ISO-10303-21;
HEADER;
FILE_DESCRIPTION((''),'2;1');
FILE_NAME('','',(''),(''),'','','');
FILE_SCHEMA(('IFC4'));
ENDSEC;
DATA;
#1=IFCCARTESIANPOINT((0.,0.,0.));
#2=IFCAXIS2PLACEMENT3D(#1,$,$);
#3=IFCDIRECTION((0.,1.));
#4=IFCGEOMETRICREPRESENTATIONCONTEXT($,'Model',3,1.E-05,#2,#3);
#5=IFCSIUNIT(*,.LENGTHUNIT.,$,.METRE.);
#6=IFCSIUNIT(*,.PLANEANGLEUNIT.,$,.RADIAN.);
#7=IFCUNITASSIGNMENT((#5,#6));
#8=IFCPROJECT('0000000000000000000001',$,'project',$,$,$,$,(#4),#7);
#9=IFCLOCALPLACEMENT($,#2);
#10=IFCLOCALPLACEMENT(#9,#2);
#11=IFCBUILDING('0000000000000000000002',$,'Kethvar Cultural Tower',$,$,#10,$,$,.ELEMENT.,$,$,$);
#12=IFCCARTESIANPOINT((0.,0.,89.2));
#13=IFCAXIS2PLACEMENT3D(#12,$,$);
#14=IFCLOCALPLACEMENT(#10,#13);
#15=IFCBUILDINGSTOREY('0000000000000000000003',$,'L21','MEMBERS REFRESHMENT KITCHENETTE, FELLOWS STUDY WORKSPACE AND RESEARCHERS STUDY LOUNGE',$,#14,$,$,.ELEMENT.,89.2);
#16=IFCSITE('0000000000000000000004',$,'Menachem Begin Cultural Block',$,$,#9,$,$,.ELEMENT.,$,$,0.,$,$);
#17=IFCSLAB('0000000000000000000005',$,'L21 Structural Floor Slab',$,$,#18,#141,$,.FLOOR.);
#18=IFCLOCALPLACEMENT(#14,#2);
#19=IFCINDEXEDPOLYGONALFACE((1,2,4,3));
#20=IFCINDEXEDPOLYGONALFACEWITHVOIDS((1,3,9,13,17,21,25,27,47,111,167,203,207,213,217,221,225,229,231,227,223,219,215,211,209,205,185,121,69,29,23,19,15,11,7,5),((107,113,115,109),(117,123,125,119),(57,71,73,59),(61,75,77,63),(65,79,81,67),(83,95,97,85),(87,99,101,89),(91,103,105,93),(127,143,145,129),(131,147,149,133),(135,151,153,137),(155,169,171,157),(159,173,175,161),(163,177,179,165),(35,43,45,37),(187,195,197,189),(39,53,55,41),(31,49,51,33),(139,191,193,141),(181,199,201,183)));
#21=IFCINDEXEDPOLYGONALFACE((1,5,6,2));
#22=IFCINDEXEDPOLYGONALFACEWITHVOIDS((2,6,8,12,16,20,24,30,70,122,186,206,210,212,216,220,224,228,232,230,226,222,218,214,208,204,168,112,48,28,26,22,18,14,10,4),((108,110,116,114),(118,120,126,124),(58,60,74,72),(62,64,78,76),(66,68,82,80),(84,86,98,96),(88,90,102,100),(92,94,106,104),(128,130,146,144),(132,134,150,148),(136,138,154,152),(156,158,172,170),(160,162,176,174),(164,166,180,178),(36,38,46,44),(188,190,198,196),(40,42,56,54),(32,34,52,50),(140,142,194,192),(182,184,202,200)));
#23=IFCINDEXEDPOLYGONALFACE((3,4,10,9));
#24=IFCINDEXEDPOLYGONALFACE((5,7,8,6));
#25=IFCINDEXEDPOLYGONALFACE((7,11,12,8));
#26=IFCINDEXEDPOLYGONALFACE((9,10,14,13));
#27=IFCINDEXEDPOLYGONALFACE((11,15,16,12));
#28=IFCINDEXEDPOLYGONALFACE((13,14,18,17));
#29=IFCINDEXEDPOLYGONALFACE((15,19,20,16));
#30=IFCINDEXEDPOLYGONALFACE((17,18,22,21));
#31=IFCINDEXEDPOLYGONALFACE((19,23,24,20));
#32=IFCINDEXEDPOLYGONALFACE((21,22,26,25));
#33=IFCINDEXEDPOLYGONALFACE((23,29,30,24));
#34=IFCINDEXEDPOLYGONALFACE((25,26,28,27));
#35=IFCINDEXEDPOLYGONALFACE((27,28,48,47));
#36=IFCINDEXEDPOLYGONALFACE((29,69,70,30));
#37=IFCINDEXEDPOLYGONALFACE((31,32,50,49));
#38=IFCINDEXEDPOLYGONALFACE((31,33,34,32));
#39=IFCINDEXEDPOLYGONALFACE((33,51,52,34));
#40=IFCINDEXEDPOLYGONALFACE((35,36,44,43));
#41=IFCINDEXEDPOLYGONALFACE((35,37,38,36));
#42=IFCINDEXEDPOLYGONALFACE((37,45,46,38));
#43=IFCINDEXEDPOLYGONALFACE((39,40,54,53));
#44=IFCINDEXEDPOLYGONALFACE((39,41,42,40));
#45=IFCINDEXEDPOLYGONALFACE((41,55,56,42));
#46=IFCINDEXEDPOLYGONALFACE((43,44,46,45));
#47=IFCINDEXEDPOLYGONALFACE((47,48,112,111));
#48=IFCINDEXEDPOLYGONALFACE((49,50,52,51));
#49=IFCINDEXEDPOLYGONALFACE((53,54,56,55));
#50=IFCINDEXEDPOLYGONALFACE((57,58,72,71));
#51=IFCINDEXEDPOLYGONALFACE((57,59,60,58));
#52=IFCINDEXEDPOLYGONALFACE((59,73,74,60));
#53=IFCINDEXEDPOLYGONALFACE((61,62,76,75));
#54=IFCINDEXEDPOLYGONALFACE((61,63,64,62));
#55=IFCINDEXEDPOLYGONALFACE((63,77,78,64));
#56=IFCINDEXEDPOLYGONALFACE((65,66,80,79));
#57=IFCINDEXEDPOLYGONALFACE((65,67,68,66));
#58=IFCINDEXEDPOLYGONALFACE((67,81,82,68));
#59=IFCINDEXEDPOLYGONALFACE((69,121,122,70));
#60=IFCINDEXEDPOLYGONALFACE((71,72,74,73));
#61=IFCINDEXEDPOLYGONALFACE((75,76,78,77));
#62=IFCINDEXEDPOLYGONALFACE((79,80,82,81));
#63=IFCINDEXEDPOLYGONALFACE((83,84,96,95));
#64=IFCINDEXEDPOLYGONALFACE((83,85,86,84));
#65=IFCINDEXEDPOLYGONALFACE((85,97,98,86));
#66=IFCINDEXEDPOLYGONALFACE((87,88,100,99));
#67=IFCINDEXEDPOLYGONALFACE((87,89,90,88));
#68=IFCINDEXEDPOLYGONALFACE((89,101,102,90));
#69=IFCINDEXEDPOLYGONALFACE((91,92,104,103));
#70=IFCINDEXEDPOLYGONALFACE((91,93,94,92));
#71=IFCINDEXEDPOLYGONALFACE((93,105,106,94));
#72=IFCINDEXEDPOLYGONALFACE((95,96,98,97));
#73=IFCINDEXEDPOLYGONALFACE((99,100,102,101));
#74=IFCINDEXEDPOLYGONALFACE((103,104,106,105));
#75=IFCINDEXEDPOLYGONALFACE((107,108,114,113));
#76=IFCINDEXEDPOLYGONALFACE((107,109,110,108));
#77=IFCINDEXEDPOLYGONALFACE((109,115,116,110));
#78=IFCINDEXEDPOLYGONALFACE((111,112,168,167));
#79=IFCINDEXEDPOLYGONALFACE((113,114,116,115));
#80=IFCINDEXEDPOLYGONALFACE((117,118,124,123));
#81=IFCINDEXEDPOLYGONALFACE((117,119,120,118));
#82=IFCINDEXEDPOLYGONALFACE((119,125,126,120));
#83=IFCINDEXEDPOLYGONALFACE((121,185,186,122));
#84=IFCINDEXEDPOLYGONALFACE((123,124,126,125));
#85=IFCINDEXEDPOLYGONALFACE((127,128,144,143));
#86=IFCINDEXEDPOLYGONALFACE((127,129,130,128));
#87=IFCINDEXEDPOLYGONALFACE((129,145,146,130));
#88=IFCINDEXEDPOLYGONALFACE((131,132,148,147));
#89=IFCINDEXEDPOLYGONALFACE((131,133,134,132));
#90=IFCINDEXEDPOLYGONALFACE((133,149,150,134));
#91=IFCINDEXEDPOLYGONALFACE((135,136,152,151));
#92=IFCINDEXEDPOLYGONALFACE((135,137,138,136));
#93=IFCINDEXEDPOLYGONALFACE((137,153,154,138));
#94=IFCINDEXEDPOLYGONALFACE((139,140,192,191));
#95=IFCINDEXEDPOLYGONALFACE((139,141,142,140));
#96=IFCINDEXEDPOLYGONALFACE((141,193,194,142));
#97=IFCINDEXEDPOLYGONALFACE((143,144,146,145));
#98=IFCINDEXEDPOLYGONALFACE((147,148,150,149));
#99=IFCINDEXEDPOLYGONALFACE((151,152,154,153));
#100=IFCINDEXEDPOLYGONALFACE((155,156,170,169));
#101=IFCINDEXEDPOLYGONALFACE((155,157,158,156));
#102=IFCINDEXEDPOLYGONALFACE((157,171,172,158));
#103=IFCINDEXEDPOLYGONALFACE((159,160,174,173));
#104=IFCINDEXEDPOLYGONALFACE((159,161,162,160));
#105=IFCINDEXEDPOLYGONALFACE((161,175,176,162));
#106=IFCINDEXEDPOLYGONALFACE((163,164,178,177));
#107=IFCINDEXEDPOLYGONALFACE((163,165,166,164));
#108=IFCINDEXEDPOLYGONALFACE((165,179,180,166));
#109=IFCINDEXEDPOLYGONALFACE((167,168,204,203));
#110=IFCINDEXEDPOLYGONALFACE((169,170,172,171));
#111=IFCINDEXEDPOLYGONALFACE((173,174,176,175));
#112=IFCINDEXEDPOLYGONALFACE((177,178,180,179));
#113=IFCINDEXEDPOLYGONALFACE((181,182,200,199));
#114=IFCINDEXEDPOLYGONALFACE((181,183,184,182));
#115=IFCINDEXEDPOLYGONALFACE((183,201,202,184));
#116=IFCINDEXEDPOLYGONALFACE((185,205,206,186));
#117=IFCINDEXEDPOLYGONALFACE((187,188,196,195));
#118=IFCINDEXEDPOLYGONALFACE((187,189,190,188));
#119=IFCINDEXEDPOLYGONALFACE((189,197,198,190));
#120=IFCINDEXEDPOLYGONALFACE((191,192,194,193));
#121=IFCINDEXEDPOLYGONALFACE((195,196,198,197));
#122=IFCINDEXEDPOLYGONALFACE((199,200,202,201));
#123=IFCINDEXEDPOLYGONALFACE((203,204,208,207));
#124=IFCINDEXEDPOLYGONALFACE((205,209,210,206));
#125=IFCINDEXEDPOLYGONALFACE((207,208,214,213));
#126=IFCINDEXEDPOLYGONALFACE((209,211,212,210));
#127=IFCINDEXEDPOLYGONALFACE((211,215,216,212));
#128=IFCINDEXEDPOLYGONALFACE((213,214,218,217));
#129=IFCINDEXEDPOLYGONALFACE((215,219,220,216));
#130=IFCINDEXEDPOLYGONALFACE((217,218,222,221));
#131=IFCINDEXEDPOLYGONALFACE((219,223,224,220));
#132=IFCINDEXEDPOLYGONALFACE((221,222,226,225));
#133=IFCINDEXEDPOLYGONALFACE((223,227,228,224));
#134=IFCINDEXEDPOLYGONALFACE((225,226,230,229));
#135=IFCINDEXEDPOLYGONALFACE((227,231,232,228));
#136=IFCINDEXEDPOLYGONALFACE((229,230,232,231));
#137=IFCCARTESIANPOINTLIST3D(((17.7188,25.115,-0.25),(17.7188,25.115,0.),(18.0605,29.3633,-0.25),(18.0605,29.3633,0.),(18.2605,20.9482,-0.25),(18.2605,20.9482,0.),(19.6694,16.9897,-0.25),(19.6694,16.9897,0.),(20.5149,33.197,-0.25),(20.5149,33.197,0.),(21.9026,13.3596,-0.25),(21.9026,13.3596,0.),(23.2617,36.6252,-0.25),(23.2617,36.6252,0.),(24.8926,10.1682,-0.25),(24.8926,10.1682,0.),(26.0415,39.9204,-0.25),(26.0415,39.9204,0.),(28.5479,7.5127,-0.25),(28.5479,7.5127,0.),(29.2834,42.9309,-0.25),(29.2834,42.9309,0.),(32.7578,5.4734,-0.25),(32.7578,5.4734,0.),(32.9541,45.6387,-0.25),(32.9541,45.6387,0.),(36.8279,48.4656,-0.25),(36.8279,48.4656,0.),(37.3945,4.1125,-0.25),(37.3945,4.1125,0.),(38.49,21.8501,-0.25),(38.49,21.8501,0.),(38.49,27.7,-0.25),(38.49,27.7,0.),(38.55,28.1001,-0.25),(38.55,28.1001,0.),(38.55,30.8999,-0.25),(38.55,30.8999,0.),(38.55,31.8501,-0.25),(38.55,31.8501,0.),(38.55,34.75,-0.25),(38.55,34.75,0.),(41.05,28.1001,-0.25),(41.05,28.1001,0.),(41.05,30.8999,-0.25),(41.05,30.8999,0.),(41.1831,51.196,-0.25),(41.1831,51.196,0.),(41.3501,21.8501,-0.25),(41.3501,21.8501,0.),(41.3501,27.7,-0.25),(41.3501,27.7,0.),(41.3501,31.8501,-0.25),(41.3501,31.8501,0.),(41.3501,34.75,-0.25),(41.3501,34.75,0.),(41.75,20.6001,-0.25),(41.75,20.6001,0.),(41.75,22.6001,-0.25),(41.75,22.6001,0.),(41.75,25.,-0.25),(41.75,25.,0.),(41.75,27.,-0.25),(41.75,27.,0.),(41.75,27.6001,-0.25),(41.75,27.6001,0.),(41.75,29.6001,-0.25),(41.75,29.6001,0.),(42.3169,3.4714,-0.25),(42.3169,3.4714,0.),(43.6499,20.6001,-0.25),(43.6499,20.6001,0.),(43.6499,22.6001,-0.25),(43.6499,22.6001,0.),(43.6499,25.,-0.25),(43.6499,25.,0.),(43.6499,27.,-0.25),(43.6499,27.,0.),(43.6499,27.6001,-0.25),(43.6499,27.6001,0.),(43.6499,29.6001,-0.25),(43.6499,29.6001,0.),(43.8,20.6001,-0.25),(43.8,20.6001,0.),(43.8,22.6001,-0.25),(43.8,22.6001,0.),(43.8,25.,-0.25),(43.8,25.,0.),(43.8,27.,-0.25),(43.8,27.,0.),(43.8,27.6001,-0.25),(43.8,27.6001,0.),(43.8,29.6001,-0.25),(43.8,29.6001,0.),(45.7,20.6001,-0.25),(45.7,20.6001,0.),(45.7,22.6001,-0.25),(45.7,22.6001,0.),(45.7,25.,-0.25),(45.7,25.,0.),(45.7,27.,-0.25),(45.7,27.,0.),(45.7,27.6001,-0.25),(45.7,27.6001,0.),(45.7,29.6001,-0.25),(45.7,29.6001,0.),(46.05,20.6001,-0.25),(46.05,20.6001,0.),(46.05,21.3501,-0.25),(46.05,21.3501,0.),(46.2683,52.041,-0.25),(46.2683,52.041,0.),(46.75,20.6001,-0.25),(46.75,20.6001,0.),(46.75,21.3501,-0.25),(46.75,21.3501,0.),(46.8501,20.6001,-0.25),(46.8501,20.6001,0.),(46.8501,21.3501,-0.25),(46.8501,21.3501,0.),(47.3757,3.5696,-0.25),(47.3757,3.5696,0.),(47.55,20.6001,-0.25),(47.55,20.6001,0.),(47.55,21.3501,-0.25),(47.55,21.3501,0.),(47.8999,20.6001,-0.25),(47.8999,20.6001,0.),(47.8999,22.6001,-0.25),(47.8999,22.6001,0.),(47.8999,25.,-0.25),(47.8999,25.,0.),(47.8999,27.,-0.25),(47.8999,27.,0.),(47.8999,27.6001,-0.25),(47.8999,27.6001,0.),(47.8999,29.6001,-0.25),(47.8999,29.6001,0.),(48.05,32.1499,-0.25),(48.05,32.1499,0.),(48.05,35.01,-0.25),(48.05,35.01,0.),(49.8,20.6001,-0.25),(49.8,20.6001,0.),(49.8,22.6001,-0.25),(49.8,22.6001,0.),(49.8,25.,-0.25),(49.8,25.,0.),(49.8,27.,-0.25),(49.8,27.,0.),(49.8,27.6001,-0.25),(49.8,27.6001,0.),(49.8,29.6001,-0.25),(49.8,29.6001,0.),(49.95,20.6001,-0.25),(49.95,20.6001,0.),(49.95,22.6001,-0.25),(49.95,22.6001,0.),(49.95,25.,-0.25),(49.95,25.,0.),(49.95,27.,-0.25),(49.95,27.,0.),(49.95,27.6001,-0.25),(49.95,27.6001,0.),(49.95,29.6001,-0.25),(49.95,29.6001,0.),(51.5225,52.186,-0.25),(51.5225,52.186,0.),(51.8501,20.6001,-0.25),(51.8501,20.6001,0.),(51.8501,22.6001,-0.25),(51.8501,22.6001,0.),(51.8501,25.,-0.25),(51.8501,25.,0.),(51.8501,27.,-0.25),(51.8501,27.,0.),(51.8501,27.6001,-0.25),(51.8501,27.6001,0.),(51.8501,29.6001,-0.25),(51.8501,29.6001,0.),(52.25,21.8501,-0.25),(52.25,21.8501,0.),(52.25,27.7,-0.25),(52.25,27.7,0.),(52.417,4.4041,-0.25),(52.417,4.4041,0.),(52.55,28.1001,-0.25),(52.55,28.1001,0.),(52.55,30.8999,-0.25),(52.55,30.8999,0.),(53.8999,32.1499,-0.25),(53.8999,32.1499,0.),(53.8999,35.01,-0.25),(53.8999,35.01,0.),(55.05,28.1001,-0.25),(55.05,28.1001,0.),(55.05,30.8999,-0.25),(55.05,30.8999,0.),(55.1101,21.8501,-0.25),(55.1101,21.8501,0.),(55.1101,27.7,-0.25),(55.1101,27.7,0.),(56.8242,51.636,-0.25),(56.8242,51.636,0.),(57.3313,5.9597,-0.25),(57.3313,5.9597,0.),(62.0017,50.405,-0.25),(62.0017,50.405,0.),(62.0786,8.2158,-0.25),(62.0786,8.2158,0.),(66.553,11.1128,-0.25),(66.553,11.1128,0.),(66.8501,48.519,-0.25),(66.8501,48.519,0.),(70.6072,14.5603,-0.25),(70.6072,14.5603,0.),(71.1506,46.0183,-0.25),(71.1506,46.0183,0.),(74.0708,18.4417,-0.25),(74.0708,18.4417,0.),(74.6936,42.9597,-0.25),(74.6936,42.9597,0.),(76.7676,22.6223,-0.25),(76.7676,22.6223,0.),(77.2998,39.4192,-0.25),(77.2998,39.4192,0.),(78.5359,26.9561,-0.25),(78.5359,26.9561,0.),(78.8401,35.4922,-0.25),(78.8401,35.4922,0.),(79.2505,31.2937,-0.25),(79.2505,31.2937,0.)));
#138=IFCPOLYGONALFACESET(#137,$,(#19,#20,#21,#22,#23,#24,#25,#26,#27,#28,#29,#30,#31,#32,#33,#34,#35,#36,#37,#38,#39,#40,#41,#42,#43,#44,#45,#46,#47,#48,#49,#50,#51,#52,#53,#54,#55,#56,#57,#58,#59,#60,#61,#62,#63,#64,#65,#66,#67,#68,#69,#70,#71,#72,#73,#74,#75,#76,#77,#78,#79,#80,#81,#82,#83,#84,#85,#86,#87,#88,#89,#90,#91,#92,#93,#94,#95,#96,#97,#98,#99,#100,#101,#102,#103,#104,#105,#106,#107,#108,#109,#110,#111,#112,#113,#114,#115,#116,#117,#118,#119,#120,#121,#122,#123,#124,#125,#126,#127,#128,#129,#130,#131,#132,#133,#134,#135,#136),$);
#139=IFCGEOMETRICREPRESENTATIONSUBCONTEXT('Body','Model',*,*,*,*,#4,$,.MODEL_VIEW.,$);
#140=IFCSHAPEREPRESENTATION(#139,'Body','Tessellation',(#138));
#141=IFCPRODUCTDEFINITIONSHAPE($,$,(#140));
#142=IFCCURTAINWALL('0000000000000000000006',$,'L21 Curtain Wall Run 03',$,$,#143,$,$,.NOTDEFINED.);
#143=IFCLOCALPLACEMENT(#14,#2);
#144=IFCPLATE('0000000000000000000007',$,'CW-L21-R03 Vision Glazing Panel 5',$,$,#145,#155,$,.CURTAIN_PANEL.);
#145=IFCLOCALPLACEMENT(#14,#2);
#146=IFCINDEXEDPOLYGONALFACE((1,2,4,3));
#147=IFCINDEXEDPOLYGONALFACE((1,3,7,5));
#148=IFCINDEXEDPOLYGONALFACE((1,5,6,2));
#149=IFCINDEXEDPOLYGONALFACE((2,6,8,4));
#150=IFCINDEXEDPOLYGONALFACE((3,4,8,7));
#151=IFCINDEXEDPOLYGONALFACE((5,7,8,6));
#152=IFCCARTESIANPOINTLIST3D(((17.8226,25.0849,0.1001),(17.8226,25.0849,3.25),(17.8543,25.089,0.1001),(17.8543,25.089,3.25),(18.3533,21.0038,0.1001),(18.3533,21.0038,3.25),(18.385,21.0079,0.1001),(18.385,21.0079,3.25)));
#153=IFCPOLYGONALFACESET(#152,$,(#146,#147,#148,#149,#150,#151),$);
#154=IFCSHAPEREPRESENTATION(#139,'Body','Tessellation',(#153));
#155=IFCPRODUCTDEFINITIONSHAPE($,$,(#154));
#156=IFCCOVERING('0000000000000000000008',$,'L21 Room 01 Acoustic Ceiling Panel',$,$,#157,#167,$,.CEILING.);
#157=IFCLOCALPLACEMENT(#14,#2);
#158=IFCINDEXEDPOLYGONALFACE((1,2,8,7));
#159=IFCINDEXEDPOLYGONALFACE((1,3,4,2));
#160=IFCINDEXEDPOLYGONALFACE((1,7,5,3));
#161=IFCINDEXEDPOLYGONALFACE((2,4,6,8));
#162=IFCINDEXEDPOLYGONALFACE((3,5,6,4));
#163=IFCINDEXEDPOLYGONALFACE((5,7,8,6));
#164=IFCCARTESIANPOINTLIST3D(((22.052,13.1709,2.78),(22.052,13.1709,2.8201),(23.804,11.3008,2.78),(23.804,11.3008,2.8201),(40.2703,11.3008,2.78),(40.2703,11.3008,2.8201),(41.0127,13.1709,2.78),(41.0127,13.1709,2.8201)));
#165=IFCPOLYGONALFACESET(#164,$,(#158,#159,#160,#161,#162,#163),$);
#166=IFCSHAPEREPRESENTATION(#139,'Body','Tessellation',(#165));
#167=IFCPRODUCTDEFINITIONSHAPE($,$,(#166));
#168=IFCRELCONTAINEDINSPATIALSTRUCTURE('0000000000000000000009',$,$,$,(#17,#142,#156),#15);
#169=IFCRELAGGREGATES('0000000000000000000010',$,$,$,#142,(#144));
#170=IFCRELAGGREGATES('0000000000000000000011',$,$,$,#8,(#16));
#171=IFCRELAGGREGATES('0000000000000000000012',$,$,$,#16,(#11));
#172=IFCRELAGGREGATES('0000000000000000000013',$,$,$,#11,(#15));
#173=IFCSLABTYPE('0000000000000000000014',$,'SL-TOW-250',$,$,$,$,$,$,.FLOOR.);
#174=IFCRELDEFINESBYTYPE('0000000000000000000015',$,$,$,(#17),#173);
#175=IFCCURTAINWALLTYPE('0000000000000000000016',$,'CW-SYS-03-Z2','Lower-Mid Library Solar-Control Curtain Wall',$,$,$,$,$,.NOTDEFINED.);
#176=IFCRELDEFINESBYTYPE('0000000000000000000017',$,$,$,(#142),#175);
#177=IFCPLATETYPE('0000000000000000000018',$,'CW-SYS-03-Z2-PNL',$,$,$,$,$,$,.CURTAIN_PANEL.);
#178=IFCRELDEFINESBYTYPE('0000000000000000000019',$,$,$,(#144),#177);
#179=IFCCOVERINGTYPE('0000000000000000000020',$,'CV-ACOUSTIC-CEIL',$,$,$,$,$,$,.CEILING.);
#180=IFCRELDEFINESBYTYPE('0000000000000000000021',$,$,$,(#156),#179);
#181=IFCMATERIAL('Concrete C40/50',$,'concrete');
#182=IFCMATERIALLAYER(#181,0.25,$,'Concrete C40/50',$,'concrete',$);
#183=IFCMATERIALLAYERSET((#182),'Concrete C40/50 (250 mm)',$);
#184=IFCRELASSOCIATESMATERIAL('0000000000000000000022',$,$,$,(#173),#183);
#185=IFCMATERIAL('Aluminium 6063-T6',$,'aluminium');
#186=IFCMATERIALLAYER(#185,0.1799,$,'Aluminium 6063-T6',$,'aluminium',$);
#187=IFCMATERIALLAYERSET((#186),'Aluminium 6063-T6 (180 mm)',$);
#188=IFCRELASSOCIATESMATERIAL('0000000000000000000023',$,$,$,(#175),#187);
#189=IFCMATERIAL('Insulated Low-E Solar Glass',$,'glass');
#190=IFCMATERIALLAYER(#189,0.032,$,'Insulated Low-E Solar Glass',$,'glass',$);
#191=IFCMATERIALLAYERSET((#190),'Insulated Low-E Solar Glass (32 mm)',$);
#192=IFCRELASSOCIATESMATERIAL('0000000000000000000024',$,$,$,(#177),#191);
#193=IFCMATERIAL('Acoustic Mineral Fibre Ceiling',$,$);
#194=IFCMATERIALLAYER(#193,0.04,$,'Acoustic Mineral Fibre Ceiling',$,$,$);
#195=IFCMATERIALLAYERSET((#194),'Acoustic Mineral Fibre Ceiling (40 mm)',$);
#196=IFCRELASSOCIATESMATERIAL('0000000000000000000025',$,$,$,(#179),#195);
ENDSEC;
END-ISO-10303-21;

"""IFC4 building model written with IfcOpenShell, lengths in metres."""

from ifc_helpers import new_model, si_unit, direction, frame, origin, origin_2d, place, context, subcontext, project, spatial, polyline, rectangle, outline, extrude, source, transform, mapped, material, layer, layer_set, type_object, element, aggregate, save


model = new_model("IFC4")

# Units and contexts
model_context = context("Model", 3, precision=1e-05, world=origin(), true_north=direction((0.0, 1.0)))
body_context = subcontext(model_context, "Body", "Model", "MODEL_VIEW")
ifc_project = project(units=[si_unit("LENGTHUNIT", "METRE"), si_unit("PLANEANGLEUNIT", "RADIAN")], contexts=[model_context])

# Site, building, storey
site_placement = place(None, origin())
site = spatial("IfcSite", under=ifc_project, at=site_placement, Name="Menachem Begin Cultural Block", CompositionType="ELEMENT", RefElevation=0.0)
building_placement = place(site_placement, origin())
building = spatial("IfcBuilding", under=site, at=building_placement, Name="Kethvar Cultural Tower", CompositionType="ELEMENT")
storey_placement = place(building_placement, frame((0.0, 0.0, 89.2)))
storey = spatial("IfcBuildingStorey", under=building, at=storey_placement, Name="L21", Description="MEMBERS REFRESHMENT KITCHENETTE, FELLOWS STUDY WORKSPACE AND RESEARCHERS STUDY LOUNGE", CompositionType="ELEMENT", Elevation=89.2)

# Shared definitions
ifc_material_1 = material(Name="Concrete C40/50", Category="concrete")

# Slab
ifc_layer_1 = layer(ifc_material_1, 0.25, Name="Concrete C40/50", Category="concrete")
ifc_layer_set_1 = layer_set([ifc_layer_1], Name="Concrete C40/50 (250 mm)")
slab_type_1 = type_object("IfcSlabType", Name="SL-TOW-250", PredefinedType="FLOOR", material=ifc_layer_set_1)
slab_1_placement = place(storey_placement, frame((0.0, 0.0, -0.25)))
element("IfcSlab", 1, at=slab_1_placement, inside=storey, type_object=slab_type_1, Name="L21 Structural Floor Slab", PredefinedType="FLOOR", context=body_context, shape_type="SweptSolid", body=[
    extrude(outline(polyline([(78.8401, 35.4922), (77.2998, 39.4192), (74.6936, 42.9597), (71.1506, 46.0183), (66.8501, 48.519), (62.0017, 50.405), (56.8242, 51.636), (51.5225, 52.186), (46.2683, 52.041), (41.1831, 51.196), (36.8279, 48.4656), (32.9541, 45.6387), (29.2834, 42.9309), (26.0415, 39.9204), (23.2617, 36.6252), (20.5149, 33.197), (18.0605, 29.3633), (17.7188, 25.115), (18.2605, 20.9482), (19.6694, 16.9897), (21.9026, 13.3596), (24.8926, 10.1682), (28.5479, 7.5127), (32.7578, 5.4734), (37.3945, 4.1125), (42.3169, 3.4714), (47.3757, 3.5696), (52.417, 4.4041), (57.3313, 5.9597), (62.0786, 8.2158), (66.553, 11.1128), (70.6072, 14.5603), (74.0708, 18.4417), (76.7676, 22.6223), (78.5359, 26.9561), (79.2505, 31.2937), (78.8401, 35.4922)]), holes=[polyline([(38.49, 21.8501), (38.49, 27.7), (41.3501, 27.7), (41.3501, 21.8501), (38.49, 21.8501)]), polyline([(52.25, 21.8501), (52.25, 27.7), (55.1101, 27.7), (55.1101, 21.8501), (52.25, 21.8501)]), polyline([(53.8999, 32.1499), (48.05, 32.1499), (48.05, 35.01), (53.8999, 35.01), (53.8999, 32.1499)]), polyline([(41.75, 22.6001), (43.6499, 22.6001), (43.6499, 20.6001), (41.75, 20.6001), (41.75, 22.6001)]), polyline([(43.8, 22.6001), (45.7, 22.6001), (45.7, 20.6001), (43.8, 20.6001), (43.8, 22.6001)]), polyline([(47.8999, 22.6001), (49.8, 22.6001), (49.8, 20.6001), (47.8999, 20.6001), (47.8999, 22.6001)]), polyline([(49.95, 22.6001), (51.8501, 22.6001), (51.8501, 20.6001), (49.95, 20.6001), (49.95, 22.6001)]), polyline([(41.75, 27.0), (43.6499, 27.0), (43.6499, 25.0), (41.75, 25.0), (41.75, 27.0)]), polyline([(43.8, 27.0), (45.7, 27.0), (45.7, 25.0), (43.8, 25.0), (43.8, 27.0)]), polyline([(47.8999, 27.0), (49.8, 27.0), (49.8, 25.0), (47.8999, 25.0), (47.8999, 27.0)]), polyline([(49.95, 27.0), (51.8501, 27.0), (51.8501, 25.0), (49.95, 25.0), (49.95, 27.0)]), polyline([(41.75, 29.6001), (43.6499, 29.6001), (43.6499, 27.6001), (41.75, 27.6001), (41.75, 29.6001)]), polyline([(43.8, 29.6001), (45.7, 29.6001), (45.7, 27.6001), (43.8, 27.6001), (43.8, 29.6001)]), polyline([(47.8999, 29.6001), (49.8, 29.6001), (49.8, 27.6001), (47.8999, 27.6001), (47.8999, 29.6001)]), polyline([(49.95, 29.6001), (51.8501, 29.6001), (51.8501, 27.6001), (49.95, 27.6001), (49.95, 29.6001)]), polyline([(38.55, 30.8999), (41.05, 30.8999), (41.05, 28.1001), (38.55, 28.1001), (38.55, 30.8999)]), polyline([(52.55, 30.8999), (55.05, 30.8999), (55.05, 28.1001), (52.55, 28.1001), (52.55, 30.8999)]), polyline([(38.55, 34.75), (41.3501, 34.75), (41.3501, 31.8501), (38.55, 31.8501), (38.55, 34.75)]), polyline([(46.05, 21.3501), (46.75, 21.3501), (46.75, 20.6001), (46.05, 20.6001), (46.05, 21.3501)]), polyline([(46.8501, 21.3501), (47.55, 21.3501), (47.55, 20.6001), (46.8501, 20.6001), (46.8501, 21.3501)])]), origin(), (0.0, 0.0, 1.0), 0.25),
])

# Curtain wall, plate
ifc_material_2 = material(Name="Aluminium 6063-T6", Category="aluminium")
ifc_layer_2 = layer(ifc_material_2, 0.1799, Name="Aluminium 6063-T6", Category="aluminium")
ifc_layer_set_2 = layer_set([ifc_layer_2], Name="Aluminium 6063-T6 (180 mm)")
curtain_wall_type = type_object("IfcCurtainWallType", Name="CW-SYS-03-Z2", Description="Lower-Mid Library Solar-Control Curtain Wall", PredefinedType="NOTDEFINED", material=ifc_layer_set_2)
curtain_wall_placement = place(storey_placement, origin())
curtain_wall = element("IfcCurtainWall", 2, at=curtain_wall_placement, inside=storey, type_object=curtain_wall_type, Name="L21 Curtain Wall Run 03", PredefinedType="NOTDEFINED")
ifc_material_3 = material(Name="Insulated Low-E Solar Glass", Category="glass")
ifc_layer_3 = layer(ifc_material_3, 0.032, Name="Insulated Low-E Solar Glass", Category="glass")
ifc_layer_set_3 = layer_set([ifc_layer_3], Name="Insulated Low-E Solar Glass (32 mm)")
plate_type = type_object("IfcPlateType", Name="CW-SYS-03-Z2-PNL", PredefinedType="CURTAIN_PANEL", material=ifc_layer_set_3)
shared_shape_1 = source(origin(), body_context, "Body", "SweptSolid", [
    extrude(rectangle(XDim=4.1155, YDim=0.032, at=origin_2d()), origin(), (0.0, 0.0, 1.0), 3.1499),
])
plate_placement = place(storey_placement, frame((18.1038, 23.0464, 0.1001), z_axis=(0.0, 0.0, 1.0), x_axis=(0.128951, -0.991651, 0.0)))
plate = element("IfcPlate", 3, at=plate_placement, type_object=plate_type, Name="CW-L21-R03 Vision Glazing Panel 5", PredefinedType="CURTAIN_PANEL", context=body_context, shape_type="MappedRepresentation", body=[
    mapped(shared_shape_1, transform((0.0, 0.0, 0.0), scale=1.0)),
])
aggregate(curtain_wall, [plate])

# Covering
ifc_material_4 = material(Name="Acoustic Mineral Fibre Ceiling")
ifc_layer_4 = layer(ifc_material_4, 0.04, Name="Acoustic Mineral Fibre Ceiling")
ifc_layer_set_4 = layer_set([ifc_layer_4], Name="Acoustic Mineral Fibre Ceiling (40 mm)")
covering_type_1 = type_object("IfcCoveringType", Name="CV-ACOUSTIC-CEIL", PredefinedType="CEILING", material=ifc_layer_set_4)
covering_1_placement = place(storey_placement, frame((0.0, 0.0, 2.78)))
element("IfcCovering", 4, at=covering_1_placement, inside=storey, type_object=covering_type_1, Name="L21 Room 01 Acoustic Ceiling Panel", PredefinedType="CEILING", context=body_context, shape_type="SweptSolid", body=[
    extrude(outline(polyline([(22.052, 13.1709), (41.0127, 13.1709), (40.2703, 11.3008), (23.804, 11.3008), (22.052, 13.1709)])), origin(), (0.0, 0.0, 1.0), 0.04),
])

save(model, "model.ifc")
